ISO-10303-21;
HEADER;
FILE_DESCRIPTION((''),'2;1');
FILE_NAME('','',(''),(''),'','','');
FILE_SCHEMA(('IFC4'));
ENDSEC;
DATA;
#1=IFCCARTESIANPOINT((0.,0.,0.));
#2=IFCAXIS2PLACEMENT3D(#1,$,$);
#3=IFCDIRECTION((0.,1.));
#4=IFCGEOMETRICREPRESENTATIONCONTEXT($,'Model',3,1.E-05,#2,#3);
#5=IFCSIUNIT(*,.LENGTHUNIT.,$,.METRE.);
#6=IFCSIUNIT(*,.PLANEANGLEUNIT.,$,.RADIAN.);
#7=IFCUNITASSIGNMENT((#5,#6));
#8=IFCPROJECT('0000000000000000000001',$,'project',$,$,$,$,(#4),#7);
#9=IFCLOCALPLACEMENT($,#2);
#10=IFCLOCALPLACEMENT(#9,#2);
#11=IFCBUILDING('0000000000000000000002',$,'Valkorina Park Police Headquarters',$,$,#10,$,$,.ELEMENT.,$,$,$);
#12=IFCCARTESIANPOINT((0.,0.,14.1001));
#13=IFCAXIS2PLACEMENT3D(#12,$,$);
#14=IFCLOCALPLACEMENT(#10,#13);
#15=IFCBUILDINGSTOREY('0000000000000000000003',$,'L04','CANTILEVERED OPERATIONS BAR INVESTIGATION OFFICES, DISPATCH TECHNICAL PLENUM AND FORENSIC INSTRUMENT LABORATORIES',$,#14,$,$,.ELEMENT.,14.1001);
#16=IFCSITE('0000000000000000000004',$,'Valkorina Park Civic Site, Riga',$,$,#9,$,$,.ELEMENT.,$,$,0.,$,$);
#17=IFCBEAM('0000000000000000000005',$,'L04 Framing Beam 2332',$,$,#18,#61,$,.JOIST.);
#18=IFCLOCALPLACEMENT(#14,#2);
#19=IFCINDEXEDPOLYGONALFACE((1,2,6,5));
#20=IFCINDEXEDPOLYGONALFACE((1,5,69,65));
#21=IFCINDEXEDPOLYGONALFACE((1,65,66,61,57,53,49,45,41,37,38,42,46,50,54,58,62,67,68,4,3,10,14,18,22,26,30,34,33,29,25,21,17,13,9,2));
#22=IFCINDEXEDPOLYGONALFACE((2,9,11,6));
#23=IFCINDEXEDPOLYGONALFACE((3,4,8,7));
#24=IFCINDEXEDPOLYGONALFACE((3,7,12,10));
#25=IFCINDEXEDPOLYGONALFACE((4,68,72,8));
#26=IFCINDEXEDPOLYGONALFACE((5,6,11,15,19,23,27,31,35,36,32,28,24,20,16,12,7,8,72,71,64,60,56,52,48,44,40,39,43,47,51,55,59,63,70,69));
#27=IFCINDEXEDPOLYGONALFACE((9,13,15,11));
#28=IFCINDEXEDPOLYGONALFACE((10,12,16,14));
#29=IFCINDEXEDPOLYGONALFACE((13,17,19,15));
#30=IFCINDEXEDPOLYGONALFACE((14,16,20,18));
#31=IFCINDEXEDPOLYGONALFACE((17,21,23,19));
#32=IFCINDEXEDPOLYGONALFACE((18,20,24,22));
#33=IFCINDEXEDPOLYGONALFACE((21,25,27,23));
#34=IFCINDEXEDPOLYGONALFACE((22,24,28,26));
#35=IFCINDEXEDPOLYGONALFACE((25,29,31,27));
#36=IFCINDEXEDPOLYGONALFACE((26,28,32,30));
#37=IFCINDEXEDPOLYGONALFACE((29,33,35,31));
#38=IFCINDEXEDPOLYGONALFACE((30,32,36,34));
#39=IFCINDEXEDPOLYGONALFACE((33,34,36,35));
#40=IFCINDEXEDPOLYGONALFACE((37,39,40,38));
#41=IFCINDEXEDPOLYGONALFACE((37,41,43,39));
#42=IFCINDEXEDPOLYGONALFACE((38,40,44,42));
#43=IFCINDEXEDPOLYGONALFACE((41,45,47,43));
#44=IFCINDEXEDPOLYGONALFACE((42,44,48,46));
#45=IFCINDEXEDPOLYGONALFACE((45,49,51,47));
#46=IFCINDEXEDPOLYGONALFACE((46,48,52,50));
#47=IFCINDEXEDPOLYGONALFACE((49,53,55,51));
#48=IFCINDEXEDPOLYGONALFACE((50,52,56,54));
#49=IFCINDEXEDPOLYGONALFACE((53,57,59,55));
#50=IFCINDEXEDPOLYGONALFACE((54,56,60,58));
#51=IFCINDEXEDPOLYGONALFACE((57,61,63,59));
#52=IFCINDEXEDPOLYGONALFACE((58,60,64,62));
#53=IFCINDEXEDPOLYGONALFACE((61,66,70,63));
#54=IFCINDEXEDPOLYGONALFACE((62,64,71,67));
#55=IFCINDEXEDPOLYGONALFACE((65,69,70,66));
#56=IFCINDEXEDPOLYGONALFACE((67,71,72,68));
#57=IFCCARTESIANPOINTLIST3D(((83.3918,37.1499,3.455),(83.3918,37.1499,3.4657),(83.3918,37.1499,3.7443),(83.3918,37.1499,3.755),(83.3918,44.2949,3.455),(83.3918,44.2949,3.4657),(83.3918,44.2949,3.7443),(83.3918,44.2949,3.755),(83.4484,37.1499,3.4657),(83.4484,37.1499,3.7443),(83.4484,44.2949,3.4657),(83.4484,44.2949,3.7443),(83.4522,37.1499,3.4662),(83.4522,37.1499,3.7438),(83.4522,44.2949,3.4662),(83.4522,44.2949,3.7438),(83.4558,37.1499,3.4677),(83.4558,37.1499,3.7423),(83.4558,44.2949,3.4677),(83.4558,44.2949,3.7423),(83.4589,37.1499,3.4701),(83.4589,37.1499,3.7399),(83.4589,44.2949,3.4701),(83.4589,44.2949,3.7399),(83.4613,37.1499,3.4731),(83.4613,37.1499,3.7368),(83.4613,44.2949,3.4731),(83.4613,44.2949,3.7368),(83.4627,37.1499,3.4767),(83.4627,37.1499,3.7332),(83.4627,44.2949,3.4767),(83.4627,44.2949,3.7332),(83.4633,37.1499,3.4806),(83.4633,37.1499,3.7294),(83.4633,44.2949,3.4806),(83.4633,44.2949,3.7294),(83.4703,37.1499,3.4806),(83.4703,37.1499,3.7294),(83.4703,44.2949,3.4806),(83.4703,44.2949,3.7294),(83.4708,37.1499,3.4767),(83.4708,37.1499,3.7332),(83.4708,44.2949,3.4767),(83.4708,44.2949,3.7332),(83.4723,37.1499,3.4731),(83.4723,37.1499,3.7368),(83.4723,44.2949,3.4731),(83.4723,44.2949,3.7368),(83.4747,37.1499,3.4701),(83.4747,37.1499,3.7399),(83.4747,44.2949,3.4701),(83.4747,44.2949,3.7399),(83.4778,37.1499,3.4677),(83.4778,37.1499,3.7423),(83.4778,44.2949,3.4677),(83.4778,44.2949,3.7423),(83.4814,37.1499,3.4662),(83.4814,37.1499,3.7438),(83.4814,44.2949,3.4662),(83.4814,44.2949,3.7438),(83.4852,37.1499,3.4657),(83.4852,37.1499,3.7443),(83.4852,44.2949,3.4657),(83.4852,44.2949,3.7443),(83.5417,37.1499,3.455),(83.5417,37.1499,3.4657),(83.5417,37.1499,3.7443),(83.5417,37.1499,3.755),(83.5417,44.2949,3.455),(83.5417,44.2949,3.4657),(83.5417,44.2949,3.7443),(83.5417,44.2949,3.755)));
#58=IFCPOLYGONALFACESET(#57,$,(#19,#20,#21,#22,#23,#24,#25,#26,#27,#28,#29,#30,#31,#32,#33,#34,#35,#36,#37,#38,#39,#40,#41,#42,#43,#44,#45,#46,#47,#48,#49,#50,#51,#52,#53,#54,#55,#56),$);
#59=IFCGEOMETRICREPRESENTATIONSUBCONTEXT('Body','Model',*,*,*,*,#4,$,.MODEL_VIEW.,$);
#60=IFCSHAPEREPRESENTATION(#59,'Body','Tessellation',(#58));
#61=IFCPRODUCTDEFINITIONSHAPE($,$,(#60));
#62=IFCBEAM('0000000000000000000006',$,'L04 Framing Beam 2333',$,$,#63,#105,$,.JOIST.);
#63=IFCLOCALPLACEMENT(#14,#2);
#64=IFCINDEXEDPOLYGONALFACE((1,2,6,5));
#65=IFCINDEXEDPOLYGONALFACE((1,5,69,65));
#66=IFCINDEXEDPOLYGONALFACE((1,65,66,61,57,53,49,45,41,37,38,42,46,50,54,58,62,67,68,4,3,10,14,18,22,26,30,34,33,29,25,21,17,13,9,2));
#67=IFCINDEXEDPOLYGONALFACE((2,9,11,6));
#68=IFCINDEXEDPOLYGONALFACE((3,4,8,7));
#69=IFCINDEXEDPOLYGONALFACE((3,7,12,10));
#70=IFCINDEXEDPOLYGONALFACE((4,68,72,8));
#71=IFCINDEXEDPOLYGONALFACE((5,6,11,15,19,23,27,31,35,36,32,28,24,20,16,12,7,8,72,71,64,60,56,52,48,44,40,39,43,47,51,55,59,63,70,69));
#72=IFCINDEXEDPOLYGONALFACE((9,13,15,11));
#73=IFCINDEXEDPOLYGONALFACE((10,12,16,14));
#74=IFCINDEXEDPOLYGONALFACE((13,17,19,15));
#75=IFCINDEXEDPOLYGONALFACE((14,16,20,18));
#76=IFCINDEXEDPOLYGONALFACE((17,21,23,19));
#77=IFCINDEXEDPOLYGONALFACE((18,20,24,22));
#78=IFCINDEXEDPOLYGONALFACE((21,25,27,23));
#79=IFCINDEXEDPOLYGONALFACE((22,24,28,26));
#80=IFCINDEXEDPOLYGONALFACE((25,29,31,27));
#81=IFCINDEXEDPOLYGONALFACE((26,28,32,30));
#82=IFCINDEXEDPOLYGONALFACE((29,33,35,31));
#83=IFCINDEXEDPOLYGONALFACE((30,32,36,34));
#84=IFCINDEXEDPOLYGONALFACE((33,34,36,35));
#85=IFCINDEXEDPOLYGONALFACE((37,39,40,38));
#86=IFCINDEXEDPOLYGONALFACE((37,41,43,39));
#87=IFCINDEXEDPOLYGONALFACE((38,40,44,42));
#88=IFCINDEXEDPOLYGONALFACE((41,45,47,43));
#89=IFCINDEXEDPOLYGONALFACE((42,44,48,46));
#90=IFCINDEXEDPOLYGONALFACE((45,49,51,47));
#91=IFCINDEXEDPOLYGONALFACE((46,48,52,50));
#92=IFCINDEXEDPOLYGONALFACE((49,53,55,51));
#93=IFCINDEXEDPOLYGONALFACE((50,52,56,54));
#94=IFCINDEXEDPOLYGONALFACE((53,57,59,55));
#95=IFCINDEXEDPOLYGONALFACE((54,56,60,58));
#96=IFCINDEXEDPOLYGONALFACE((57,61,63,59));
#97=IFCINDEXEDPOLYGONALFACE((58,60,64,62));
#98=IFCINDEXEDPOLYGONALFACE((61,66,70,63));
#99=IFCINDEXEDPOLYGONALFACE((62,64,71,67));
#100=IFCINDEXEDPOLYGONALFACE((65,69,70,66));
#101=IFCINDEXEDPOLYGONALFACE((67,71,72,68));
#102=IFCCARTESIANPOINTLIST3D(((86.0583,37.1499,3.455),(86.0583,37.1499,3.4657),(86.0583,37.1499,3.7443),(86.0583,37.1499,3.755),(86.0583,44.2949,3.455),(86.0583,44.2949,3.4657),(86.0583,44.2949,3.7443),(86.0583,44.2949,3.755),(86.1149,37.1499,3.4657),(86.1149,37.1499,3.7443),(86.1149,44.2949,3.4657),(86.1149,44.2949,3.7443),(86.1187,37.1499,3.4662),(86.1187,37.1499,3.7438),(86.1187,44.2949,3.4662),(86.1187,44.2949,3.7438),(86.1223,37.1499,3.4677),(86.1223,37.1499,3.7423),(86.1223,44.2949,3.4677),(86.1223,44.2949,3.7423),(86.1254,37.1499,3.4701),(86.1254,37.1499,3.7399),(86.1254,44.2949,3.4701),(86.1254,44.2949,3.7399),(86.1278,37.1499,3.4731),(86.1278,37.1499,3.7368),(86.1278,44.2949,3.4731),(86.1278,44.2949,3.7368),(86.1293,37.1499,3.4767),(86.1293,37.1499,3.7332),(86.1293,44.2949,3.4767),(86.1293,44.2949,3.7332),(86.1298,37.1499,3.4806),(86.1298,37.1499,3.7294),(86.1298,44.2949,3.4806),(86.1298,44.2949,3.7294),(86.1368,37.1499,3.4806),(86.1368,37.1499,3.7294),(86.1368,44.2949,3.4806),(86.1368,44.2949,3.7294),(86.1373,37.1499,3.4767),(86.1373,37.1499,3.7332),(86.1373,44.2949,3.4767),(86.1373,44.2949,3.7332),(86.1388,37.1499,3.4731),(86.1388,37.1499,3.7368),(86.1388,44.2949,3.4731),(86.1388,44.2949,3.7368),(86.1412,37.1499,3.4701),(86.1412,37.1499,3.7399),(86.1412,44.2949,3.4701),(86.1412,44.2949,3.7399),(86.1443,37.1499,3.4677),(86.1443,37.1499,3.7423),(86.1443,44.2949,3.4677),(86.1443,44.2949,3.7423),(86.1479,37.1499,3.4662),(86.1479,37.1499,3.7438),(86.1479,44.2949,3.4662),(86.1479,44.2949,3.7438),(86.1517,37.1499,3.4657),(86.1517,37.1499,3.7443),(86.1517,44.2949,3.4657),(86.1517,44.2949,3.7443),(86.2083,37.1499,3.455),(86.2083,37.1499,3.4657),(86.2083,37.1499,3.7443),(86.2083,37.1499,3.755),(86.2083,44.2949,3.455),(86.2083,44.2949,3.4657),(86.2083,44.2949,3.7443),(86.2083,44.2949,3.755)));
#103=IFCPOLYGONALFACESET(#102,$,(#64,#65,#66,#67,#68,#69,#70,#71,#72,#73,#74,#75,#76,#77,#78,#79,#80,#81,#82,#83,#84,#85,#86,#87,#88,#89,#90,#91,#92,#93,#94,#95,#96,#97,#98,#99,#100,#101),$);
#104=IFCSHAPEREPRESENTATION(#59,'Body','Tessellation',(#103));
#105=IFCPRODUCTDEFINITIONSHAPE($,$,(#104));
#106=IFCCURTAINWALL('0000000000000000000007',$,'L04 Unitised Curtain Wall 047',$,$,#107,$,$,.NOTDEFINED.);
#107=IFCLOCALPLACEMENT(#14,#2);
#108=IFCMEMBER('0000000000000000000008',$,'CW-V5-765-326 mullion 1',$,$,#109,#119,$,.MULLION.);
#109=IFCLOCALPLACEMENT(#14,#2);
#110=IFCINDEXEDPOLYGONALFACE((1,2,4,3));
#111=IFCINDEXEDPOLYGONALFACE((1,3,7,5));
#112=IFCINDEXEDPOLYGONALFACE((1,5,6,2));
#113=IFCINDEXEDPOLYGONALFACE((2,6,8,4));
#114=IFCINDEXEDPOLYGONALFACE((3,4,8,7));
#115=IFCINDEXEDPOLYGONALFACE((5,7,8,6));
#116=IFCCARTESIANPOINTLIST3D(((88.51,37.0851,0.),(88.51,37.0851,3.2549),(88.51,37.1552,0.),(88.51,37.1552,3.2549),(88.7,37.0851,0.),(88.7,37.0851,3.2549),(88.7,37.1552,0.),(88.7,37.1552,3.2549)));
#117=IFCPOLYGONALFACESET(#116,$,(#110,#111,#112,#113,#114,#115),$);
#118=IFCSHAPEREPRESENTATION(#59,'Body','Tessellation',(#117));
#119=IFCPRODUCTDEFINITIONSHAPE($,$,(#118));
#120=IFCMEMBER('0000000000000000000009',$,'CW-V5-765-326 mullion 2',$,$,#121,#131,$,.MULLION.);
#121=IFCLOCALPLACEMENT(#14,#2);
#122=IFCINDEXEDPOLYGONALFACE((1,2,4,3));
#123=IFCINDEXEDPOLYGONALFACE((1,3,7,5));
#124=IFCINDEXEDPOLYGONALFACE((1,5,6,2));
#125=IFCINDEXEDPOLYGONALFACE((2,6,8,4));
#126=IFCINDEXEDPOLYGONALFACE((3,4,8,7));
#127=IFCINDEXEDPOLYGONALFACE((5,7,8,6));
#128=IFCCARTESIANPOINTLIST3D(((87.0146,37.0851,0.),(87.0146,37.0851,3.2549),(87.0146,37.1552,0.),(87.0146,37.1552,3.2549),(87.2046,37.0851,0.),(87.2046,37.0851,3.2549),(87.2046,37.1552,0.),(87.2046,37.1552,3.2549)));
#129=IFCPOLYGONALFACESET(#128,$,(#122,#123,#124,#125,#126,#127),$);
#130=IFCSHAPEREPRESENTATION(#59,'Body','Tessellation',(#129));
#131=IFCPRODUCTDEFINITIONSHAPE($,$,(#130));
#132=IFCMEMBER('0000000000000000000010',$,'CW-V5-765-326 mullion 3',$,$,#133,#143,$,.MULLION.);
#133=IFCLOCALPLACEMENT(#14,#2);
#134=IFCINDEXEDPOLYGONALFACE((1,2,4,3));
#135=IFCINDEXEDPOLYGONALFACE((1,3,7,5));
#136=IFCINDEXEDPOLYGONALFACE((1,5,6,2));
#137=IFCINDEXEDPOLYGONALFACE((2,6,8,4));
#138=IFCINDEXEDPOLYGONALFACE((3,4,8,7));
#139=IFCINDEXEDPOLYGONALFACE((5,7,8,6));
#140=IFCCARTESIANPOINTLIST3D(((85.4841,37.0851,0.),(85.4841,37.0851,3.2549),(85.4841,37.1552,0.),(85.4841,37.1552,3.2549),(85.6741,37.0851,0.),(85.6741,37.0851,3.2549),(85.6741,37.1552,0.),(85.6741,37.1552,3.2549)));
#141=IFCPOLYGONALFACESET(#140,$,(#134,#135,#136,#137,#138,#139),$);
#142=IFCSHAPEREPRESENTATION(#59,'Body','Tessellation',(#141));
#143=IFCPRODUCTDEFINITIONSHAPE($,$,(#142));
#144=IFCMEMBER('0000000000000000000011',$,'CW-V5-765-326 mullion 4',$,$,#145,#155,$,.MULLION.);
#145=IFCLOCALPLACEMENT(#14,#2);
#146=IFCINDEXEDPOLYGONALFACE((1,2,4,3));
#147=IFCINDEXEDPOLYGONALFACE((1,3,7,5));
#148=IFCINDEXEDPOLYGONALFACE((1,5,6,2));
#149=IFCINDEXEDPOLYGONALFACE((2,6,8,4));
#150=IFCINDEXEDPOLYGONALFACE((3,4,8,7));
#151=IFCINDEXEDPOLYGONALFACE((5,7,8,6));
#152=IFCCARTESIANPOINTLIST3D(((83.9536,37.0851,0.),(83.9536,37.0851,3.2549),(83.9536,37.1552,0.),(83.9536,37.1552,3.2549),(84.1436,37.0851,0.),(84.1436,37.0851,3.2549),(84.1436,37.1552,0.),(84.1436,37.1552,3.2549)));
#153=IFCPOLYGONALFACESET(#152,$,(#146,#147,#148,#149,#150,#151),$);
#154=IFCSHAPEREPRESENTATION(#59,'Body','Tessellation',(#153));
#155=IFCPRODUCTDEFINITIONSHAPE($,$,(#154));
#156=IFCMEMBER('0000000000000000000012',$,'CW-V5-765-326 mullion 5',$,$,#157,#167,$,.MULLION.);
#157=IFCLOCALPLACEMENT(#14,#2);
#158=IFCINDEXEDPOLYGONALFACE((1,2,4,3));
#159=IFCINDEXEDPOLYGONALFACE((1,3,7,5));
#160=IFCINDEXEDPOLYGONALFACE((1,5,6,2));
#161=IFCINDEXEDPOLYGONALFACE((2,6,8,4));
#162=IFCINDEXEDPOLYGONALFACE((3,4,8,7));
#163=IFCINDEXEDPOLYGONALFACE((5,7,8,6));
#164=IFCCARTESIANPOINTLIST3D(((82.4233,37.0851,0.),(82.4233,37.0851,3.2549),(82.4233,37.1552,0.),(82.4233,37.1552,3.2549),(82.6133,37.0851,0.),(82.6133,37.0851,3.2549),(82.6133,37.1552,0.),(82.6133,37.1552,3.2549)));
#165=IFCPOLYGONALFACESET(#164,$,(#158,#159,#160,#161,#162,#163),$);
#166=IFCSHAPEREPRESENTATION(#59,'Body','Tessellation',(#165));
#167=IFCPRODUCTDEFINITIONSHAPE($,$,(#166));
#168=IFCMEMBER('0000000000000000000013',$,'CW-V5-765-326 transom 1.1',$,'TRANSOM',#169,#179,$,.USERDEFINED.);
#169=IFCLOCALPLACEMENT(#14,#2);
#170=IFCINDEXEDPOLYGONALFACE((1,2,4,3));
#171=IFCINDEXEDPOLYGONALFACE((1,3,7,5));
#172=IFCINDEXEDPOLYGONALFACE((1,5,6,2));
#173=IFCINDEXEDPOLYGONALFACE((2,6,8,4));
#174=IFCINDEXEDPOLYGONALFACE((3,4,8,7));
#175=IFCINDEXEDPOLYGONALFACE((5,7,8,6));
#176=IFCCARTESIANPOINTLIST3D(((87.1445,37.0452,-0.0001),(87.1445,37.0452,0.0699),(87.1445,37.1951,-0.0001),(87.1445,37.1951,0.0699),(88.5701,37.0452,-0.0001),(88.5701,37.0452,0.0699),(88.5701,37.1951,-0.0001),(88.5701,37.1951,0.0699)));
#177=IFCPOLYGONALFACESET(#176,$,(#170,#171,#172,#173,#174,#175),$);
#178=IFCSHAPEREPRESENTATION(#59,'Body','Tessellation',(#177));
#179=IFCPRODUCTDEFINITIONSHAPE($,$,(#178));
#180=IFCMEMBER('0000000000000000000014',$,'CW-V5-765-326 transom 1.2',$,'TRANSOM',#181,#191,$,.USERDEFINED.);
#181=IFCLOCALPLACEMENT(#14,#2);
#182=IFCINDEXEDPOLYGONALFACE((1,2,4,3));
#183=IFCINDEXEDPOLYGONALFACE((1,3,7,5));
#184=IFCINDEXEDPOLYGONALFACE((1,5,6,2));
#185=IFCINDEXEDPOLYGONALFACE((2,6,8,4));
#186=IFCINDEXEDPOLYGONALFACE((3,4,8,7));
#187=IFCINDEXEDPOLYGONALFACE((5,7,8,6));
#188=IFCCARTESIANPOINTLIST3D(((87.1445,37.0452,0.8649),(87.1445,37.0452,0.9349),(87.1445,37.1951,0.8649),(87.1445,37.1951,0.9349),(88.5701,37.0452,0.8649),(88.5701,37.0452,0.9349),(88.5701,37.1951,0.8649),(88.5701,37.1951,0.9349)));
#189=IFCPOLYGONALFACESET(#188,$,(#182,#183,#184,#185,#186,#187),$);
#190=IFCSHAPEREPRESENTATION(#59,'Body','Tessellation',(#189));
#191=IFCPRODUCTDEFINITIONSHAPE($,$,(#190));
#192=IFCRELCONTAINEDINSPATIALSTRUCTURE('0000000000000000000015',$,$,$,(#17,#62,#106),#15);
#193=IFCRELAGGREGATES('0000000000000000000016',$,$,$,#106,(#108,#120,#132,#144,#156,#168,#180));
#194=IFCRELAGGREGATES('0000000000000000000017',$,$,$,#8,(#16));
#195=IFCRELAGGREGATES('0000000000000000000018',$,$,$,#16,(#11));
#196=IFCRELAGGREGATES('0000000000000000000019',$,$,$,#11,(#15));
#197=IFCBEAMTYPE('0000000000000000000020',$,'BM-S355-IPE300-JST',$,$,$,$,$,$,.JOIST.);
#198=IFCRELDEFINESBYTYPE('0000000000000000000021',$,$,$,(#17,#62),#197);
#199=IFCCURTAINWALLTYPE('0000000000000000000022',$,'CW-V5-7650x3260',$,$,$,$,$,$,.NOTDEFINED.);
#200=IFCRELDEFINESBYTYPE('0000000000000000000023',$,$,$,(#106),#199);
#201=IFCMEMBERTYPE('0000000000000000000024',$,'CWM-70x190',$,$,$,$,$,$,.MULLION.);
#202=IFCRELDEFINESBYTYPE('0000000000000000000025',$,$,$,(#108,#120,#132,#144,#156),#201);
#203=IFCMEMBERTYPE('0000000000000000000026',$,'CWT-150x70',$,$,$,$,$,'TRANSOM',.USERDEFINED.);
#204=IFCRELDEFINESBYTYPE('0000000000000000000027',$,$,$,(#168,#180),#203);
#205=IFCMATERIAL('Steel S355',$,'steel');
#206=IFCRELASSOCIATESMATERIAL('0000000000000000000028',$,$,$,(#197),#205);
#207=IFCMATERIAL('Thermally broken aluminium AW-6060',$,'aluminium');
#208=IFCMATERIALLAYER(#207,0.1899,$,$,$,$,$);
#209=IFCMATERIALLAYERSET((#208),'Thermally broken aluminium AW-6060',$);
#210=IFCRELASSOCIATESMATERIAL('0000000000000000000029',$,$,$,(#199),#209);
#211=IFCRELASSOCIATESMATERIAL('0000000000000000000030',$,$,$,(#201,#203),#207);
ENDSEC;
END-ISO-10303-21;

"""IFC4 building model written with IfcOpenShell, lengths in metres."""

from ifc_helpers import new_model, si_unit, direction, frame, origin, origin_2d, place, context, subcontext, project, spatial, rectangle, i_section, extrude, material, layer, layer_set, material_profile, profile_set, type_object, element, aggregate, save


model = new_model("IFC4")

# Units and contexts
model_context = context("Model", 3, precision=1e-05, world=origin(), true_north=direction((0.0, 1.0)))
body_context = subcontext(model_context, "Body", "Model", "MODEL_VIEW")
ifc_project = project(units=[si_unit("LENGTHUNIT", "METRE"), si_unit("PLANEANGLEUNIT", "RADIAN")], contexts=[model_context])

# Site, building, storey
site_placement = place(None, origin())
site = spatial("IfcSite", under=ifc_project, at=site_placement, Name="Valkorina Park Civic Site, Riga", CompositionType="ELEMENT", RefElevation=0.0)
building_placement = place(site_placement, origin())
building = spatial("IfcBuilding", under=site, at=building_placement, Name="Valkorina Park Police Headquarters", CompositionType="ELEMENT")
storey_placement = place(building_placement, frame((0.0, 0.0, 14.1001)))
storey = spatial("IfcBuildingStorey", under=building, at=storey_placement, Name="L04", Description="CANTILEVERED OPERATIONS BAR INVESTIGATION OFFICES, DISPATCH TECHNICAL PLENUM AND FORENSIC INSTRUMENT LABORATORIES", CompositionType="ELEMENT", Elevation=14.1001)

# Beams
ifc_material_1 = material(Name="Steel S355", Category="steel")
ifc_material_profile_1 = material_profile(ifc_material_1, i_section(OverallWidth=0.1499, OverallDepth=0.3, WebThickness=0.0071, FlangeThickness=0.0107, FilletRadius=0.0149, at=origin_2d()), Name="IPE 300")
ifc_profile_set_1 = profile_set([ifc_material_profile_1], Name="Steel S355")
beam_type = type_object("IfcBeamType", Name="BM-S355-IPE300-JST", PredefinedType="JOIST", material=ifc_profile_set_1)
for number, where, z_axis, x_axis, name in (
    (1, (83.4668, 37.1499, 3.605), (0.0, 1.0, 0.0), (-1.0, 0.0, 0.0), "L04 Framing Beam 2332"),
    (2, (86.1333, 37.1499, 3.605), (0.0, 1.0, 0.0), (-1.0, 0.0, 0.0), "L04 Framing Beam 2333"),
):
    element("IfcBeam", number, at=place(storey_placement, frame(where, z_axis=z_axis, x_axis=x_axis)), inside=storey, type_object=beam_type, Name=name, PredefinedType="JOIST", context=body_context, shape_type="SweptSolid", body=[
        extrude(i_section(OverallWidth=0.1499, OverallDepth=0.3, WebThickness=0.0071, FlangeThickness=0.0107, FilletRadius=0.0149, at=origin_2d()), origin(), (0.0, 0.0, 1.0), 7.145),
    ])

# Curtain wall, members
ifc_material_2 = material(Name="Thermally broken aluminium AW-6060", Category="aluminium")
ifc_layer_1 = layer(ifc_material_2, 0.1899)
ifc_layer_set_1 = layer_set([ifc_layer_1], Name="Thermally broken aluminium AW-6060")
curtain_wall_type = type_object("IfcCurtainWallType", Name="CW-V5-7650x3260", PredefinedType="NOTDEFINED", material=ifc_layer_set_1)
curtain_wall_placement = place(storey_placement, origin())
curtain_wall = element("IfcCurtainWall", 3, at=curtain_wall_placement, inside=storey, type_object=curtain_wall_type, Name="L04 Unitised Curtain Wall 047", PredefinedType="NOTDEFINED")
ifc_material_profile_2 = material_profile(ifc_material_2, rectangle(XDim=0.0701, YDim=0.1899, at=origin_2d()), Name="CWM-02 70x190")
ifc_profile_set_2 = profile_set([ifc_material_profile_2], Name="Thermally broken aluminium AW-6060")
member_type_1 = type_object("IfcMemberType", Name="CWM-70x190", PredefinedType="MULLION", material=ifc_profile_set_2)
member_1_placement = place(storey_placement, frame((88.605, 37.1201, 0.0), z_axis=(0.0, 0.0, 1.0), x_axis=(0.0, -1.0, 0.0)))
member_1 = element("IfcMember", 4, at=member_1_placement, type_object=member_type_1, Name="CW-V5-765-326 mullion 1", PredefinedType="MULLION", context=body_context, shape_type="SweptSolid", body=[
    extrude(rectangle(XDim=0.0701, YDim=0.1899, at=origin_2d()), origin(), (0.0, 0.0, 1.0), 3.2549),
])
member_2_placement = place(storey_placement, frame((87.1096, 37.1201, 0.0), z_axis=(0.0, 0.0, 1.0), x_axis=(0.0, -1.0, 0.0)))
member_2 = element("IfcMember", 5, at=member_2_placement, type_object=member_type_1, Name="CW-V5-765-326 mullion 2", PredefinedType="MULLION", context=body_context, shape_type="SweptSolid", body=[
    extrude(rectangle(XDim=0.0701, YDim=0.1899, at=origin_2d()), origin(), (0.0, 0.0, 1.0), 3.2549),
])
member_3_placement = place(storey_placement, frame((85.5791, 37.1201, 0.0), z_axis=(0.0, 0.0, 1.0), x_axis=(0.0, -1.0, 0.0)))
member_3 = element("IfcMember", 6, at=member_3_placement, type_object=member_type_1, Name="CW-V5-765-326 mullion 3", PredefinedType="MULLION", context=body_context, shape_type="SweptSolid", body=[
    extrude(rectangle(XDim=0.0701, YDim=0.1899, at=origin_2d()), origin(), (0.0, 0.0, 1.0), 3.2549),
])
member_4_placement = place(storey_placement, frame((84.0486, 37.1201, 0.0), z_axis=(0.0, 0.0, 1.0), x_axis=(0.0, -1.0, 0.0)))
member_4 = element("IfcMember", 7, at=member_4_placement, type_object=member_type_1, Name="CW-V5-765-326 mullion 4", PredefinedType="MULLION", context=body_context, shape_type="SweptSolid", body=[
    extrude(rectangle(XDim=0.0701, YDim=0.1899, at=origin_2d()), origin(), (0.0, 0.0, 1.0), 3.2549),
])
member_5_placement = place(storey_placement, frame((82.5183, 37.1201, 0.0), z_axis=(0.0, 0.0, 1.0), x_axis=(0.0, -1.0, 0.0)))
member_5 = element("IfcMember", 8, at=member_5_placement, type_object=member_type_1, Name="CW-V5-765-326 mullion 5", PredefinedType="MULLION", context=body_context, shape_type="SweptSolid", body=[
    extrude(rectangle(XDim=0.0701, YDim=0.1899, at=origin_2d()), origin(), (0.0, 0.0, 1.0), 3.2549),
])
ifc_material_profile_3 = material_profile(ifc_material_2, rectangle(XDim=0.1499, YDim=0.0701, at=origin_2d()), Name="CWT-02 150x70")
ifc_profile_set_3 = profile_set([ifc_material_profile_3], Name="Thermally broken aluminium AW-6060")
member_type_2 = type_object("IfcMemberType", Name="CWT-150x70", ElementType="TRANSOM", PredefinedType="USERDEFINED", material=ifc_profile_set_3)
member_6_placement = place(storey_placement, frame((88.5701, 37.1201, 0.0349), z_axis=(-1.0, 0.0, 0.0), x_axis=(0.0, -1.0, 0.0)))
member_6 = element("IfcMember", 9, at=member_6_placement, type_object=member_type_2, Name="CW-V5-765-326 transom 1.1", ObjectType="TRANSOM", PredefinedType="USERDEFINED", context=body_context, shape_type="SweptSolid", body=[
    extrude(rectangle(XDim=0.1499, YDim=0.0701, at=origin_2d()), origin(), (0.0, 0.0, 1.0), 1.4255),
])
member_7_placement = place(storey_placement, frame((88.5701, 37.1201, 0.8999), z_axis=(-1.0, 0.0, 0.0), x_axis=(0.0, -1.0, 0.0)))
member_7 = element("IfcMember", 10, at=member_7_placement, type_object=member_type_2, Name="CW-V5-765-326 transom 1.2", ObjectType="TRANSOM", PredefinedType="USERDEFINED", context=body_context, shape_type="SweptSolid", body=[
    extrude(rectangle(XDim=0.1499, YDim=0.0701, at=origin_2d()), origin(), (0.0, 0.0, 1.0), 1.4255),
])
aggregate(curtain_wall, [member_1, member_2, member_3, member_4, member_5, member_6, member_7])

save(model, "model.ifc")
